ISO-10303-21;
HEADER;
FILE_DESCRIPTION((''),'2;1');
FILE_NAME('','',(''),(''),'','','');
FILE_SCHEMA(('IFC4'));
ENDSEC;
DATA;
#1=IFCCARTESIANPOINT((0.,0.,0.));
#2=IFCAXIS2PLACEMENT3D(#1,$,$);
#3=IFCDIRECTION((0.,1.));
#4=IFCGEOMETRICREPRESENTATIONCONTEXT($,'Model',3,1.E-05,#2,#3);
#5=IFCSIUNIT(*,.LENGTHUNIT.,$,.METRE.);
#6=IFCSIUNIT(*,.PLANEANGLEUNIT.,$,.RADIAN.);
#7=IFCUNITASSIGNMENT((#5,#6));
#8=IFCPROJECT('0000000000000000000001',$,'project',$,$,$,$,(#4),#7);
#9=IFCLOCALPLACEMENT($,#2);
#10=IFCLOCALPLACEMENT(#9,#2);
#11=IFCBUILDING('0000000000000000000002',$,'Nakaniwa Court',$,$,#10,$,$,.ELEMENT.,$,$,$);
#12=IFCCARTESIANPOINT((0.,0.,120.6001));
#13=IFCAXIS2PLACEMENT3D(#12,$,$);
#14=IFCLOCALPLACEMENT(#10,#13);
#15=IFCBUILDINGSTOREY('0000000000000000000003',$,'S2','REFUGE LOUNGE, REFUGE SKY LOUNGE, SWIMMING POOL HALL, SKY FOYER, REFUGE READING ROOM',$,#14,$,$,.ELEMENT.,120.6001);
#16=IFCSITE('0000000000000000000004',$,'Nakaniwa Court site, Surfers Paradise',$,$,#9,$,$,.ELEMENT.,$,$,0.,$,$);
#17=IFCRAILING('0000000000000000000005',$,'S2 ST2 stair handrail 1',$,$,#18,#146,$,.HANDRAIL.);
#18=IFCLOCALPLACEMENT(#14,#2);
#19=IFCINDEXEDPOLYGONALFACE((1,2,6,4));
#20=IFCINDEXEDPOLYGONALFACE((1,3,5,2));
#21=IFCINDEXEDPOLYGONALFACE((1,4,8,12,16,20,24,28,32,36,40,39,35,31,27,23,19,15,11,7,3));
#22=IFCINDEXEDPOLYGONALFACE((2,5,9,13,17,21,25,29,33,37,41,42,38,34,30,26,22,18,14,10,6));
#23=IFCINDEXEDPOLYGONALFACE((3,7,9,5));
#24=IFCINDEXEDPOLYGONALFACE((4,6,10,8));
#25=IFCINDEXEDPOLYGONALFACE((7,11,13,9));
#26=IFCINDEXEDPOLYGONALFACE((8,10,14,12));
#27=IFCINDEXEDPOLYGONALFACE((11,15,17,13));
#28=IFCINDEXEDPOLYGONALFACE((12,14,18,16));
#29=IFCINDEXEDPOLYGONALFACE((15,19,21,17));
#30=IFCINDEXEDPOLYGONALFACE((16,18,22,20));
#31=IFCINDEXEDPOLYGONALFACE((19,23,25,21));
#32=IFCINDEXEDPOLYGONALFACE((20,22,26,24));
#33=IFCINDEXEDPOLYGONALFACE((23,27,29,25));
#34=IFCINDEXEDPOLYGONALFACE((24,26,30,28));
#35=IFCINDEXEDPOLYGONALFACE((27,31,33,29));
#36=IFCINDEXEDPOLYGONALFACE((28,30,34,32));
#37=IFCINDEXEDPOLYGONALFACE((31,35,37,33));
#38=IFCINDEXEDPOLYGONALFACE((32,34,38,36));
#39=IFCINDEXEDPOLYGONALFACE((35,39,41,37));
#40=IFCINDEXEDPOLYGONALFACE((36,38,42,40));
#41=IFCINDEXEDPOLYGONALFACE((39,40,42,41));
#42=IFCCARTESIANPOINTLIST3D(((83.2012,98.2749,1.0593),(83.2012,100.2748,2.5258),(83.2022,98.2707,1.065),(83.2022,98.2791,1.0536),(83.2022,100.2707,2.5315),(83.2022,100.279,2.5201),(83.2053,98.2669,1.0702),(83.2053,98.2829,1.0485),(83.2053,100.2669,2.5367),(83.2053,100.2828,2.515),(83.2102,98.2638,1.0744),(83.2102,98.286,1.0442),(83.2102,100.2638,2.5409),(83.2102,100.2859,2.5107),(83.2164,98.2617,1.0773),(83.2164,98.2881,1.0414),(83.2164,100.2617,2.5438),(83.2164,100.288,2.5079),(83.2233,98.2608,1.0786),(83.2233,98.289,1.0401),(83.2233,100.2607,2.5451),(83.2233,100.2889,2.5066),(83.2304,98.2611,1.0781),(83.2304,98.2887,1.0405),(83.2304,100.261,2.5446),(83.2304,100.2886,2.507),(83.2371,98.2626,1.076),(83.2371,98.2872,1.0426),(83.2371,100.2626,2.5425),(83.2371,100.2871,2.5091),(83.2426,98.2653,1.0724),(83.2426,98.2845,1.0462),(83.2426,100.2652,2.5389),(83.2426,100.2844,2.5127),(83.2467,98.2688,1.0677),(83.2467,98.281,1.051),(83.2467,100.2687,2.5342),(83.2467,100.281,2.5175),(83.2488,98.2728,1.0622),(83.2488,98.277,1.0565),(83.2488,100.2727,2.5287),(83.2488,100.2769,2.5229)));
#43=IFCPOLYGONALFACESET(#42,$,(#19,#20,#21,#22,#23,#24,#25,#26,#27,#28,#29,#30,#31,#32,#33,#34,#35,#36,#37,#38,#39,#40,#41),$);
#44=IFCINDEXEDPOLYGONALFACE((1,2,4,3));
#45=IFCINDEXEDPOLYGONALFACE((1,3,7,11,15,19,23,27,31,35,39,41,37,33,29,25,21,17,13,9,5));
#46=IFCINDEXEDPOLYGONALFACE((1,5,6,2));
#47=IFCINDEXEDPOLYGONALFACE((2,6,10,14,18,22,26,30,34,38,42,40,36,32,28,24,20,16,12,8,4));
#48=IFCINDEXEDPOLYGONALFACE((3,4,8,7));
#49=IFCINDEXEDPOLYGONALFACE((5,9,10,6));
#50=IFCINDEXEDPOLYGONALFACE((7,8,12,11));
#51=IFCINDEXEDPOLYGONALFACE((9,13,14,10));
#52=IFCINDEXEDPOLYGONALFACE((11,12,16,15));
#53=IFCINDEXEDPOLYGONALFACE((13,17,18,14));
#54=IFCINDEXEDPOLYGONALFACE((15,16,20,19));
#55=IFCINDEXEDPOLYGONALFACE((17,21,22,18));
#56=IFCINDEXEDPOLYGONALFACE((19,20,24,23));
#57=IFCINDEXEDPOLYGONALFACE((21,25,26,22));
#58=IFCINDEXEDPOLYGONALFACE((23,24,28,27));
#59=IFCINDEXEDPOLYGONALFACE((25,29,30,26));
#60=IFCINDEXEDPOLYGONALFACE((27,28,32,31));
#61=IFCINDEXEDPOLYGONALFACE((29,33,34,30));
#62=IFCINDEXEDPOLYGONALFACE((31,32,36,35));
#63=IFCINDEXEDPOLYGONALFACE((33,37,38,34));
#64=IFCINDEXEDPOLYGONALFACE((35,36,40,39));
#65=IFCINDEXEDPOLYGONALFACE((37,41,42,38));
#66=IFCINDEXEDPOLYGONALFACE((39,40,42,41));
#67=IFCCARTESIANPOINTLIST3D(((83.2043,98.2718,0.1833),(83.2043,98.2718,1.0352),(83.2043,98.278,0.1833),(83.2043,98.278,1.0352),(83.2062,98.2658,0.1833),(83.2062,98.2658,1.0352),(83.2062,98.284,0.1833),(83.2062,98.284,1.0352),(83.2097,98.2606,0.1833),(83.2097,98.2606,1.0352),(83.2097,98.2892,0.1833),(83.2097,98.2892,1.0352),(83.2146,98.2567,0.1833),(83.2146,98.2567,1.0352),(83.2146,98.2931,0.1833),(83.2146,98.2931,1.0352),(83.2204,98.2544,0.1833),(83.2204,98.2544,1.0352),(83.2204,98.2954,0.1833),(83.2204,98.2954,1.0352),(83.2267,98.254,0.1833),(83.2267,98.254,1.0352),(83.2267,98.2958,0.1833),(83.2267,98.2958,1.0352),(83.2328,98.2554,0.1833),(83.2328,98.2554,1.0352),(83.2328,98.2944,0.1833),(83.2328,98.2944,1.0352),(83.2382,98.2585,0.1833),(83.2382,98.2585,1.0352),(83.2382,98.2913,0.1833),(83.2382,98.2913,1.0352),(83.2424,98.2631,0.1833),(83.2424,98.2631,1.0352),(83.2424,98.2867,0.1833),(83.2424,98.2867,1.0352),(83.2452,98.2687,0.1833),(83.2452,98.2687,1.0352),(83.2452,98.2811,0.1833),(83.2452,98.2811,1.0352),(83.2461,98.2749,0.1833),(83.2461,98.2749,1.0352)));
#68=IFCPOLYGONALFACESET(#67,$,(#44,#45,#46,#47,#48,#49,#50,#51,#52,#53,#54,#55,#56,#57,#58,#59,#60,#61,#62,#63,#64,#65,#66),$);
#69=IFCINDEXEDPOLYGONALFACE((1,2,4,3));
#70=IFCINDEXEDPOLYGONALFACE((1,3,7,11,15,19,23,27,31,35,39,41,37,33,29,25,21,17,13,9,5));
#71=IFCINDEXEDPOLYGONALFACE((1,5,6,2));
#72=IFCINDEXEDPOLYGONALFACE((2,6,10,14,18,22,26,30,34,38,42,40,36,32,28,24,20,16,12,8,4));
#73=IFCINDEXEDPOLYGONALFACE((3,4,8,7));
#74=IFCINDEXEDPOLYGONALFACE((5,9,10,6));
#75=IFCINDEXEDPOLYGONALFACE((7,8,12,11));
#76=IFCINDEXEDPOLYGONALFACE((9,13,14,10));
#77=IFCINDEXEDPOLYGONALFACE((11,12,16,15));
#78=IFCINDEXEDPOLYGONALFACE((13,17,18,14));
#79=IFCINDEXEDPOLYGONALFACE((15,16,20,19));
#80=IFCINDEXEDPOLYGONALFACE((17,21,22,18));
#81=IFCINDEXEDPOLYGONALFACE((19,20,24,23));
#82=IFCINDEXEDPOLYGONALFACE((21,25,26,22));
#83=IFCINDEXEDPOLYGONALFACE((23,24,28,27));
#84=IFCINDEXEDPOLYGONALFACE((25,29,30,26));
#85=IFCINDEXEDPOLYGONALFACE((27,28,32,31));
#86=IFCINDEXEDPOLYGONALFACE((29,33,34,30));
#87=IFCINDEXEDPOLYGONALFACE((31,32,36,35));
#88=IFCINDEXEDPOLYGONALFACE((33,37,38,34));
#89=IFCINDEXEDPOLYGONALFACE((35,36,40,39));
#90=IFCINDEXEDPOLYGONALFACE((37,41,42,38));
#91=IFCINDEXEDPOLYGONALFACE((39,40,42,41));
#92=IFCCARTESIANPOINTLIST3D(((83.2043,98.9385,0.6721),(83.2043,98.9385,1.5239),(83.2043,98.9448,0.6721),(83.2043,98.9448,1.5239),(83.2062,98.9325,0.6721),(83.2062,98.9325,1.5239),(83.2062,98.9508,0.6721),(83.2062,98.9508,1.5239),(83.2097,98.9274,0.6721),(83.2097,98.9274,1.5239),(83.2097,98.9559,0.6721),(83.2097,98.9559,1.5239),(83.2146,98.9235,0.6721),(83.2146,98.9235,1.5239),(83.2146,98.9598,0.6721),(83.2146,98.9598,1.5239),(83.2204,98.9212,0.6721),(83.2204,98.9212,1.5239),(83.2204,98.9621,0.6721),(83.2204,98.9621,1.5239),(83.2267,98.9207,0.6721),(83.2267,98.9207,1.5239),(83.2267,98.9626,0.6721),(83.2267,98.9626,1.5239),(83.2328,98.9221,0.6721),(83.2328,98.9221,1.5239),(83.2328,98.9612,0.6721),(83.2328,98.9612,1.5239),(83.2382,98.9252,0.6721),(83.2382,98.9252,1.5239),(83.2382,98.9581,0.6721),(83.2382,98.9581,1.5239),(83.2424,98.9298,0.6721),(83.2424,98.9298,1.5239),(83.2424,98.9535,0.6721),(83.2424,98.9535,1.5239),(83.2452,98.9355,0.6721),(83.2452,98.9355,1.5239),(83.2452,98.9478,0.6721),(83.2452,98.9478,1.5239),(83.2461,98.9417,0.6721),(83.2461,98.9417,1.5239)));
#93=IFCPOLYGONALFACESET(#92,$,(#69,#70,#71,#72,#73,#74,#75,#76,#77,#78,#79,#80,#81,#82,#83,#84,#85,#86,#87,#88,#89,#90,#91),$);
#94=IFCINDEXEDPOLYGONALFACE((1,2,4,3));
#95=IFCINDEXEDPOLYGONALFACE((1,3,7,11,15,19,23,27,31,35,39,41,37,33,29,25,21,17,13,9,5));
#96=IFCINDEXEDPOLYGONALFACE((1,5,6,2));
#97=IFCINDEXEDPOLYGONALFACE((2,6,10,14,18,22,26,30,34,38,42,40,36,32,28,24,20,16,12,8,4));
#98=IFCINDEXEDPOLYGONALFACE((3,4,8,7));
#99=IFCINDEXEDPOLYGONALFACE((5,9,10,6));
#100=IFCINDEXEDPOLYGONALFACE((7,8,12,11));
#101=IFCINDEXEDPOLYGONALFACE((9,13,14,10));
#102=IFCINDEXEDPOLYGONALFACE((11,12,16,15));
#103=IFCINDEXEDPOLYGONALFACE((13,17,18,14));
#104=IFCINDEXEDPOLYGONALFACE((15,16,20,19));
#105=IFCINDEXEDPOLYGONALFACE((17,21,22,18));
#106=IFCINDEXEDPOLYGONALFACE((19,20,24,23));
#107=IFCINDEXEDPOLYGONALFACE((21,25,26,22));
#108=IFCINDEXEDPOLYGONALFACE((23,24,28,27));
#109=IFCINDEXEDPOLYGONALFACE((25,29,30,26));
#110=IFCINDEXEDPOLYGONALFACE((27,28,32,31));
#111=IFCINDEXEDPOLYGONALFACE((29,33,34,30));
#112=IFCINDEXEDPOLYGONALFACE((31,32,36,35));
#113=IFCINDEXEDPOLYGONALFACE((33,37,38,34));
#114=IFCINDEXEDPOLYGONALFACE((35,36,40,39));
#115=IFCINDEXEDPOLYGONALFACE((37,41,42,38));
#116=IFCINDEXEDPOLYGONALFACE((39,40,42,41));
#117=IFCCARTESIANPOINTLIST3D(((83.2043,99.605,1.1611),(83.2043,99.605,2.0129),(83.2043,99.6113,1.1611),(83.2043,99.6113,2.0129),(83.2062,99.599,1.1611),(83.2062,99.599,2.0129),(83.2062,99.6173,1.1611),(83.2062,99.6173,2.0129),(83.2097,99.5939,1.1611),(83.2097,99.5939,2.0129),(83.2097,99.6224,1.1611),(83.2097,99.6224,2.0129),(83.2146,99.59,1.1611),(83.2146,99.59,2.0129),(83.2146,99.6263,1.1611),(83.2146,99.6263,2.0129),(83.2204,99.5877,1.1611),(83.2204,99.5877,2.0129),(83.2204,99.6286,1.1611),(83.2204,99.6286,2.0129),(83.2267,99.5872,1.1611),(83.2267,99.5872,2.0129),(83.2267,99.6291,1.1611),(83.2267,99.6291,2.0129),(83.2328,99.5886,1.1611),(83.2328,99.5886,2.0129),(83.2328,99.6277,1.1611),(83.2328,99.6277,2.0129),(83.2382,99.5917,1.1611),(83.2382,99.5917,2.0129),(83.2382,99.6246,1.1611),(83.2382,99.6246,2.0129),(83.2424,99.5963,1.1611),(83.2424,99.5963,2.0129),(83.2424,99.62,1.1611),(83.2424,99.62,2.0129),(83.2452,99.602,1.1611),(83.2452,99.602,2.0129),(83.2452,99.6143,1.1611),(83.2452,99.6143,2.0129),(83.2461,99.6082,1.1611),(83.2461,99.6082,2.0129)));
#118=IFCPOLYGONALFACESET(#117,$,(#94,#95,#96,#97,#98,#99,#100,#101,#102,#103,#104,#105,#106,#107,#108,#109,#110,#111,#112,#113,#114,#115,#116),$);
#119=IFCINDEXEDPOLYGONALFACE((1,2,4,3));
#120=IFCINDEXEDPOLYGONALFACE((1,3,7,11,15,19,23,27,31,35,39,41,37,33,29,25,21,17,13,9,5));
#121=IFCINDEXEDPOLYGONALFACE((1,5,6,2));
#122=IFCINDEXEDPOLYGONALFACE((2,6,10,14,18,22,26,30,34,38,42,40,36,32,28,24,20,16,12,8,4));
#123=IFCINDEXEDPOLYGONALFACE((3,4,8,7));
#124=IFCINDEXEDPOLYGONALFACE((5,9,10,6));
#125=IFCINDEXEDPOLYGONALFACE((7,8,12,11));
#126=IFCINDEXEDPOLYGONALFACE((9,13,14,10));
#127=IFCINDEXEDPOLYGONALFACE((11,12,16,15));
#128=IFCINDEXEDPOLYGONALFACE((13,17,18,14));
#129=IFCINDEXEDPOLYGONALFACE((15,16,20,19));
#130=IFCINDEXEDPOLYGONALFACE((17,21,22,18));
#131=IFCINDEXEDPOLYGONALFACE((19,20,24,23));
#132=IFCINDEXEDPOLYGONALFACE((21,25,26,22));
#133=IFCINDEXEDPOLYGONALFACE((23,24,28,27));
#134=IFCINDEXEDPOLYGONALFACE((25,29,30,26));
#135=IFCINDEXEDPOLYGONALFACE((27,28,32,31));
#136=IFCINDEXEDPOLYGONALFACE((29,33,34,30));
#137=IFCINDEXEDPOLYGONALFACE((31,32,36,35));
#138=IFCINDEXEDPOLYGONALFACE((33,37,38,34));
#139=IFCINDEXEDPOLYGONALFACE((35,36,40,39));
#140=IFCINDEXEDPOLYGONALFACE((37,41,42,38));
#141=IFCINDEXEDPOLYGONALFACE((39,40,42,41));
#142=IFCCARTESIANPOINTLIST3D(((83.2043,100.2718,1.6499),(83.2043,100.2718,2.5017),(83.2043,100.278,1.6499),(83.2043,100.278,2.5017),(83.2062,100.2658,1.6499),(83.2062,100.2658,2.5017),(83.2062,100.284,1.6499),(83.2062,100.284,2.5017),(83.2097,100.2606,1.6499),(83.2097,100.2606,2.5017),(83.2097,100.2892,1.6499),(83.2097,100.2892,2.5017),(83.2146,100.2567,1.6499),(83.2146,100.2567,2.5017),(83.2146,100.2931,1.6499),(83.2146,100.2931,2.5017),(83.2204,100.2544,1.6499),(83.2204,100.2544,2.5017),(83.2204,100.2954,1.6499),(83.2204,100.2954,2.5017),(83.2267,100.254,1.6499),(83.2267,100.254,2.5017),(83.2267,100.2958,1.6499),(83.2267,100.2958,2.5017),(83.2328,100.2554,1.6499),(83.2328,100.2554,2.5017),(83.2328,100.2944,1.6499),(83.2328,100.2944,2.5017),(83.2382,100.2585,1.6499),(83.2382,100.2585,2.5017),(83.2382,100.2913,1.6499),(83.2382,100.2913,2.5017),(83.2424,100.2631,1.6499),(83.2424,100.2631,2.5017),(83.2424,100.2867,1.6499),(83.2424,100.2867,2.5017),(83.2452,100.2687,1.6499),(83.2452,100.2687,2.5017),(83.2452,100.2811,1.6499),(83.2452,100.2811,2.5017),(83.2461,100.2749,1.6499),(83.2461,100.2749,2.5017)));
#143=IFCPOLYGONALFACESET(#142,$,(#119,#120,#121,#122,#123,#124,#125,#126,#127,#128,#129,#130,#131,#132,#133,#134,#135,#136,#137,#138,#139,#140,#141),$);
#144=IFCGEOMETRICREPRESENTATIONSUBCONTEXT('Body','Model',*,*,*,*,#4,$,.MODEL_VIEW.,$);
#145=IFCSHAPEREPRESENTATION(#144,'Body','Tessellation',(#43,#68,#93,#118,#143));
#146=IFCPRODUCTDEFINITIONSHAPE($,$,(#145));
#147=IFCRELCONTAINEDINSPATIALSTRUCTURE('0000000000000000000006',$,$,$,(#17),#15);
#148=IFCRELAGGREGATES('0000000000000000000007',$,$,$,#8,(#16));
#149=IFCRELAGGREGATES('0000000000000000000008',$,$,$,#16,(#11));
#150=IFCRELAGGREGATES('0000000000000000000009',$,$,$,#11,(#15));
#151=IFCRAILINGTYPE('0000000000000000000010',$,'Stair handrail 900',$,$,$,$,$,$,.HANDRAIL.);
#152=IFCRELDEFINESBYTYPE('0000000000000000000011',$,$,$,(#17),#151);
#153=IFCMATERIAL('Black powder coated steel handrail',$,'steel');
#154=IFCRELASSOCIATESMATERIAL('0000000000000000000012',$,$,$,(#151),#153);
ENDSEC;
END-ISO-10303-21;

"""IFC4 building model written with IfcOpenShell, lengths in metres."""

from ifc_helpers import new_model, si_unit, direction, frame, origin, origin_2d, place, context, subcontext, project, spatial, circle, extrude, material, type_object, element, save


model = new_model("IFC4")

# Units and contexts
model_context = context("Model", 3, precision=1e-05, world=origin(), true_north=direction((0.0, 1.0)))
body_context = subcontext(model_context, "Body", "Model", "MODEL_VIEW")
ifc_project = project(units=[si_unit("LENGTHUNIT", "METRE"), si_unit("PLANEANGLEUNIT", "RADIAN")], contexts=[model_context])

# Site, building, storey
site_placement = place(None, origin())
site = spatial("IfcSite", under=ifc_project, at=site_placement, Name="Nakaniwa Court site, Surfers Paradise", CompositionType="ELEMENT", RefElevation=0.0)
building_placement = place(site_placement, origin())
building = spatial("IfcBuilding", under=site, at=building_placement, Name="Nakaniwa Court", CompositionType="ELEMENT")
storey_placement = place(building_placement, frame((0.0, 0.0, 120.6001)))
storey = spatial("IfcBuildingStorey", under=building, at=storey_placement, Name="S2", Description="REFUGE LOUNGE, REFUGE SKY LOUNGE, SWIMMING POOL HALL, SKY FOYER, REFUGE READING ROOM", CompositionType="ELEMENT", Elevation=120.6001)

# Railing
ifc_material_1 = material(Name="Black powder coated steel handrail", Category="steel")
railing_type_1 = type_object("IfcRailingType", Name="Stair handrail 900", PredefinedType="HANDRAIL", material=ifc_material_1)
railing_1_placement = place(storey_placement, frame((83.2251, 98.2749, 0.1833)))
element("IfcRailing", 1, at=railing_1_placement, inside=storey, type_object=railing_type_1, Name="S2 ST2 stair handrail 1", PredefinedType="HANDRAIL", context=body_context, shape_type="SweptSolid", body=[
    extrude(circle(Radius=0.0239, at=origin_2d()), frame((0.0, 0.0, 0.876), z_axis=(0.0, 0.806427, 0.591334), x_axis=(-1.0, 0.0, 0.0)), (0.0, 0.0, 1.0), 2.48),
    extrude(circle(Radius=0.021, at=origin_2d()), origin(), (0.0, 0.0, 1.0), 0.8518),
    extrude(circle(Radius=0.021, at=origin_2d()), frame((0.0, 0.6667, 0.4888)), (0.0, 0.0, 1.0), 0.8518),
    extrude(circle(Radius=0.021, at=origin_2d()), frame((0.0, 1.3333, 0.9778)), (0.0, 0.0, 1.0), 0.8518),
    extrude(circle(Radius=0.021, at=origin_2d()), frame((0.0, 2.0, 1.4666)), (0.0, 0.0, 1.0), 0.8518),
])

save(model, "model.ifc")
